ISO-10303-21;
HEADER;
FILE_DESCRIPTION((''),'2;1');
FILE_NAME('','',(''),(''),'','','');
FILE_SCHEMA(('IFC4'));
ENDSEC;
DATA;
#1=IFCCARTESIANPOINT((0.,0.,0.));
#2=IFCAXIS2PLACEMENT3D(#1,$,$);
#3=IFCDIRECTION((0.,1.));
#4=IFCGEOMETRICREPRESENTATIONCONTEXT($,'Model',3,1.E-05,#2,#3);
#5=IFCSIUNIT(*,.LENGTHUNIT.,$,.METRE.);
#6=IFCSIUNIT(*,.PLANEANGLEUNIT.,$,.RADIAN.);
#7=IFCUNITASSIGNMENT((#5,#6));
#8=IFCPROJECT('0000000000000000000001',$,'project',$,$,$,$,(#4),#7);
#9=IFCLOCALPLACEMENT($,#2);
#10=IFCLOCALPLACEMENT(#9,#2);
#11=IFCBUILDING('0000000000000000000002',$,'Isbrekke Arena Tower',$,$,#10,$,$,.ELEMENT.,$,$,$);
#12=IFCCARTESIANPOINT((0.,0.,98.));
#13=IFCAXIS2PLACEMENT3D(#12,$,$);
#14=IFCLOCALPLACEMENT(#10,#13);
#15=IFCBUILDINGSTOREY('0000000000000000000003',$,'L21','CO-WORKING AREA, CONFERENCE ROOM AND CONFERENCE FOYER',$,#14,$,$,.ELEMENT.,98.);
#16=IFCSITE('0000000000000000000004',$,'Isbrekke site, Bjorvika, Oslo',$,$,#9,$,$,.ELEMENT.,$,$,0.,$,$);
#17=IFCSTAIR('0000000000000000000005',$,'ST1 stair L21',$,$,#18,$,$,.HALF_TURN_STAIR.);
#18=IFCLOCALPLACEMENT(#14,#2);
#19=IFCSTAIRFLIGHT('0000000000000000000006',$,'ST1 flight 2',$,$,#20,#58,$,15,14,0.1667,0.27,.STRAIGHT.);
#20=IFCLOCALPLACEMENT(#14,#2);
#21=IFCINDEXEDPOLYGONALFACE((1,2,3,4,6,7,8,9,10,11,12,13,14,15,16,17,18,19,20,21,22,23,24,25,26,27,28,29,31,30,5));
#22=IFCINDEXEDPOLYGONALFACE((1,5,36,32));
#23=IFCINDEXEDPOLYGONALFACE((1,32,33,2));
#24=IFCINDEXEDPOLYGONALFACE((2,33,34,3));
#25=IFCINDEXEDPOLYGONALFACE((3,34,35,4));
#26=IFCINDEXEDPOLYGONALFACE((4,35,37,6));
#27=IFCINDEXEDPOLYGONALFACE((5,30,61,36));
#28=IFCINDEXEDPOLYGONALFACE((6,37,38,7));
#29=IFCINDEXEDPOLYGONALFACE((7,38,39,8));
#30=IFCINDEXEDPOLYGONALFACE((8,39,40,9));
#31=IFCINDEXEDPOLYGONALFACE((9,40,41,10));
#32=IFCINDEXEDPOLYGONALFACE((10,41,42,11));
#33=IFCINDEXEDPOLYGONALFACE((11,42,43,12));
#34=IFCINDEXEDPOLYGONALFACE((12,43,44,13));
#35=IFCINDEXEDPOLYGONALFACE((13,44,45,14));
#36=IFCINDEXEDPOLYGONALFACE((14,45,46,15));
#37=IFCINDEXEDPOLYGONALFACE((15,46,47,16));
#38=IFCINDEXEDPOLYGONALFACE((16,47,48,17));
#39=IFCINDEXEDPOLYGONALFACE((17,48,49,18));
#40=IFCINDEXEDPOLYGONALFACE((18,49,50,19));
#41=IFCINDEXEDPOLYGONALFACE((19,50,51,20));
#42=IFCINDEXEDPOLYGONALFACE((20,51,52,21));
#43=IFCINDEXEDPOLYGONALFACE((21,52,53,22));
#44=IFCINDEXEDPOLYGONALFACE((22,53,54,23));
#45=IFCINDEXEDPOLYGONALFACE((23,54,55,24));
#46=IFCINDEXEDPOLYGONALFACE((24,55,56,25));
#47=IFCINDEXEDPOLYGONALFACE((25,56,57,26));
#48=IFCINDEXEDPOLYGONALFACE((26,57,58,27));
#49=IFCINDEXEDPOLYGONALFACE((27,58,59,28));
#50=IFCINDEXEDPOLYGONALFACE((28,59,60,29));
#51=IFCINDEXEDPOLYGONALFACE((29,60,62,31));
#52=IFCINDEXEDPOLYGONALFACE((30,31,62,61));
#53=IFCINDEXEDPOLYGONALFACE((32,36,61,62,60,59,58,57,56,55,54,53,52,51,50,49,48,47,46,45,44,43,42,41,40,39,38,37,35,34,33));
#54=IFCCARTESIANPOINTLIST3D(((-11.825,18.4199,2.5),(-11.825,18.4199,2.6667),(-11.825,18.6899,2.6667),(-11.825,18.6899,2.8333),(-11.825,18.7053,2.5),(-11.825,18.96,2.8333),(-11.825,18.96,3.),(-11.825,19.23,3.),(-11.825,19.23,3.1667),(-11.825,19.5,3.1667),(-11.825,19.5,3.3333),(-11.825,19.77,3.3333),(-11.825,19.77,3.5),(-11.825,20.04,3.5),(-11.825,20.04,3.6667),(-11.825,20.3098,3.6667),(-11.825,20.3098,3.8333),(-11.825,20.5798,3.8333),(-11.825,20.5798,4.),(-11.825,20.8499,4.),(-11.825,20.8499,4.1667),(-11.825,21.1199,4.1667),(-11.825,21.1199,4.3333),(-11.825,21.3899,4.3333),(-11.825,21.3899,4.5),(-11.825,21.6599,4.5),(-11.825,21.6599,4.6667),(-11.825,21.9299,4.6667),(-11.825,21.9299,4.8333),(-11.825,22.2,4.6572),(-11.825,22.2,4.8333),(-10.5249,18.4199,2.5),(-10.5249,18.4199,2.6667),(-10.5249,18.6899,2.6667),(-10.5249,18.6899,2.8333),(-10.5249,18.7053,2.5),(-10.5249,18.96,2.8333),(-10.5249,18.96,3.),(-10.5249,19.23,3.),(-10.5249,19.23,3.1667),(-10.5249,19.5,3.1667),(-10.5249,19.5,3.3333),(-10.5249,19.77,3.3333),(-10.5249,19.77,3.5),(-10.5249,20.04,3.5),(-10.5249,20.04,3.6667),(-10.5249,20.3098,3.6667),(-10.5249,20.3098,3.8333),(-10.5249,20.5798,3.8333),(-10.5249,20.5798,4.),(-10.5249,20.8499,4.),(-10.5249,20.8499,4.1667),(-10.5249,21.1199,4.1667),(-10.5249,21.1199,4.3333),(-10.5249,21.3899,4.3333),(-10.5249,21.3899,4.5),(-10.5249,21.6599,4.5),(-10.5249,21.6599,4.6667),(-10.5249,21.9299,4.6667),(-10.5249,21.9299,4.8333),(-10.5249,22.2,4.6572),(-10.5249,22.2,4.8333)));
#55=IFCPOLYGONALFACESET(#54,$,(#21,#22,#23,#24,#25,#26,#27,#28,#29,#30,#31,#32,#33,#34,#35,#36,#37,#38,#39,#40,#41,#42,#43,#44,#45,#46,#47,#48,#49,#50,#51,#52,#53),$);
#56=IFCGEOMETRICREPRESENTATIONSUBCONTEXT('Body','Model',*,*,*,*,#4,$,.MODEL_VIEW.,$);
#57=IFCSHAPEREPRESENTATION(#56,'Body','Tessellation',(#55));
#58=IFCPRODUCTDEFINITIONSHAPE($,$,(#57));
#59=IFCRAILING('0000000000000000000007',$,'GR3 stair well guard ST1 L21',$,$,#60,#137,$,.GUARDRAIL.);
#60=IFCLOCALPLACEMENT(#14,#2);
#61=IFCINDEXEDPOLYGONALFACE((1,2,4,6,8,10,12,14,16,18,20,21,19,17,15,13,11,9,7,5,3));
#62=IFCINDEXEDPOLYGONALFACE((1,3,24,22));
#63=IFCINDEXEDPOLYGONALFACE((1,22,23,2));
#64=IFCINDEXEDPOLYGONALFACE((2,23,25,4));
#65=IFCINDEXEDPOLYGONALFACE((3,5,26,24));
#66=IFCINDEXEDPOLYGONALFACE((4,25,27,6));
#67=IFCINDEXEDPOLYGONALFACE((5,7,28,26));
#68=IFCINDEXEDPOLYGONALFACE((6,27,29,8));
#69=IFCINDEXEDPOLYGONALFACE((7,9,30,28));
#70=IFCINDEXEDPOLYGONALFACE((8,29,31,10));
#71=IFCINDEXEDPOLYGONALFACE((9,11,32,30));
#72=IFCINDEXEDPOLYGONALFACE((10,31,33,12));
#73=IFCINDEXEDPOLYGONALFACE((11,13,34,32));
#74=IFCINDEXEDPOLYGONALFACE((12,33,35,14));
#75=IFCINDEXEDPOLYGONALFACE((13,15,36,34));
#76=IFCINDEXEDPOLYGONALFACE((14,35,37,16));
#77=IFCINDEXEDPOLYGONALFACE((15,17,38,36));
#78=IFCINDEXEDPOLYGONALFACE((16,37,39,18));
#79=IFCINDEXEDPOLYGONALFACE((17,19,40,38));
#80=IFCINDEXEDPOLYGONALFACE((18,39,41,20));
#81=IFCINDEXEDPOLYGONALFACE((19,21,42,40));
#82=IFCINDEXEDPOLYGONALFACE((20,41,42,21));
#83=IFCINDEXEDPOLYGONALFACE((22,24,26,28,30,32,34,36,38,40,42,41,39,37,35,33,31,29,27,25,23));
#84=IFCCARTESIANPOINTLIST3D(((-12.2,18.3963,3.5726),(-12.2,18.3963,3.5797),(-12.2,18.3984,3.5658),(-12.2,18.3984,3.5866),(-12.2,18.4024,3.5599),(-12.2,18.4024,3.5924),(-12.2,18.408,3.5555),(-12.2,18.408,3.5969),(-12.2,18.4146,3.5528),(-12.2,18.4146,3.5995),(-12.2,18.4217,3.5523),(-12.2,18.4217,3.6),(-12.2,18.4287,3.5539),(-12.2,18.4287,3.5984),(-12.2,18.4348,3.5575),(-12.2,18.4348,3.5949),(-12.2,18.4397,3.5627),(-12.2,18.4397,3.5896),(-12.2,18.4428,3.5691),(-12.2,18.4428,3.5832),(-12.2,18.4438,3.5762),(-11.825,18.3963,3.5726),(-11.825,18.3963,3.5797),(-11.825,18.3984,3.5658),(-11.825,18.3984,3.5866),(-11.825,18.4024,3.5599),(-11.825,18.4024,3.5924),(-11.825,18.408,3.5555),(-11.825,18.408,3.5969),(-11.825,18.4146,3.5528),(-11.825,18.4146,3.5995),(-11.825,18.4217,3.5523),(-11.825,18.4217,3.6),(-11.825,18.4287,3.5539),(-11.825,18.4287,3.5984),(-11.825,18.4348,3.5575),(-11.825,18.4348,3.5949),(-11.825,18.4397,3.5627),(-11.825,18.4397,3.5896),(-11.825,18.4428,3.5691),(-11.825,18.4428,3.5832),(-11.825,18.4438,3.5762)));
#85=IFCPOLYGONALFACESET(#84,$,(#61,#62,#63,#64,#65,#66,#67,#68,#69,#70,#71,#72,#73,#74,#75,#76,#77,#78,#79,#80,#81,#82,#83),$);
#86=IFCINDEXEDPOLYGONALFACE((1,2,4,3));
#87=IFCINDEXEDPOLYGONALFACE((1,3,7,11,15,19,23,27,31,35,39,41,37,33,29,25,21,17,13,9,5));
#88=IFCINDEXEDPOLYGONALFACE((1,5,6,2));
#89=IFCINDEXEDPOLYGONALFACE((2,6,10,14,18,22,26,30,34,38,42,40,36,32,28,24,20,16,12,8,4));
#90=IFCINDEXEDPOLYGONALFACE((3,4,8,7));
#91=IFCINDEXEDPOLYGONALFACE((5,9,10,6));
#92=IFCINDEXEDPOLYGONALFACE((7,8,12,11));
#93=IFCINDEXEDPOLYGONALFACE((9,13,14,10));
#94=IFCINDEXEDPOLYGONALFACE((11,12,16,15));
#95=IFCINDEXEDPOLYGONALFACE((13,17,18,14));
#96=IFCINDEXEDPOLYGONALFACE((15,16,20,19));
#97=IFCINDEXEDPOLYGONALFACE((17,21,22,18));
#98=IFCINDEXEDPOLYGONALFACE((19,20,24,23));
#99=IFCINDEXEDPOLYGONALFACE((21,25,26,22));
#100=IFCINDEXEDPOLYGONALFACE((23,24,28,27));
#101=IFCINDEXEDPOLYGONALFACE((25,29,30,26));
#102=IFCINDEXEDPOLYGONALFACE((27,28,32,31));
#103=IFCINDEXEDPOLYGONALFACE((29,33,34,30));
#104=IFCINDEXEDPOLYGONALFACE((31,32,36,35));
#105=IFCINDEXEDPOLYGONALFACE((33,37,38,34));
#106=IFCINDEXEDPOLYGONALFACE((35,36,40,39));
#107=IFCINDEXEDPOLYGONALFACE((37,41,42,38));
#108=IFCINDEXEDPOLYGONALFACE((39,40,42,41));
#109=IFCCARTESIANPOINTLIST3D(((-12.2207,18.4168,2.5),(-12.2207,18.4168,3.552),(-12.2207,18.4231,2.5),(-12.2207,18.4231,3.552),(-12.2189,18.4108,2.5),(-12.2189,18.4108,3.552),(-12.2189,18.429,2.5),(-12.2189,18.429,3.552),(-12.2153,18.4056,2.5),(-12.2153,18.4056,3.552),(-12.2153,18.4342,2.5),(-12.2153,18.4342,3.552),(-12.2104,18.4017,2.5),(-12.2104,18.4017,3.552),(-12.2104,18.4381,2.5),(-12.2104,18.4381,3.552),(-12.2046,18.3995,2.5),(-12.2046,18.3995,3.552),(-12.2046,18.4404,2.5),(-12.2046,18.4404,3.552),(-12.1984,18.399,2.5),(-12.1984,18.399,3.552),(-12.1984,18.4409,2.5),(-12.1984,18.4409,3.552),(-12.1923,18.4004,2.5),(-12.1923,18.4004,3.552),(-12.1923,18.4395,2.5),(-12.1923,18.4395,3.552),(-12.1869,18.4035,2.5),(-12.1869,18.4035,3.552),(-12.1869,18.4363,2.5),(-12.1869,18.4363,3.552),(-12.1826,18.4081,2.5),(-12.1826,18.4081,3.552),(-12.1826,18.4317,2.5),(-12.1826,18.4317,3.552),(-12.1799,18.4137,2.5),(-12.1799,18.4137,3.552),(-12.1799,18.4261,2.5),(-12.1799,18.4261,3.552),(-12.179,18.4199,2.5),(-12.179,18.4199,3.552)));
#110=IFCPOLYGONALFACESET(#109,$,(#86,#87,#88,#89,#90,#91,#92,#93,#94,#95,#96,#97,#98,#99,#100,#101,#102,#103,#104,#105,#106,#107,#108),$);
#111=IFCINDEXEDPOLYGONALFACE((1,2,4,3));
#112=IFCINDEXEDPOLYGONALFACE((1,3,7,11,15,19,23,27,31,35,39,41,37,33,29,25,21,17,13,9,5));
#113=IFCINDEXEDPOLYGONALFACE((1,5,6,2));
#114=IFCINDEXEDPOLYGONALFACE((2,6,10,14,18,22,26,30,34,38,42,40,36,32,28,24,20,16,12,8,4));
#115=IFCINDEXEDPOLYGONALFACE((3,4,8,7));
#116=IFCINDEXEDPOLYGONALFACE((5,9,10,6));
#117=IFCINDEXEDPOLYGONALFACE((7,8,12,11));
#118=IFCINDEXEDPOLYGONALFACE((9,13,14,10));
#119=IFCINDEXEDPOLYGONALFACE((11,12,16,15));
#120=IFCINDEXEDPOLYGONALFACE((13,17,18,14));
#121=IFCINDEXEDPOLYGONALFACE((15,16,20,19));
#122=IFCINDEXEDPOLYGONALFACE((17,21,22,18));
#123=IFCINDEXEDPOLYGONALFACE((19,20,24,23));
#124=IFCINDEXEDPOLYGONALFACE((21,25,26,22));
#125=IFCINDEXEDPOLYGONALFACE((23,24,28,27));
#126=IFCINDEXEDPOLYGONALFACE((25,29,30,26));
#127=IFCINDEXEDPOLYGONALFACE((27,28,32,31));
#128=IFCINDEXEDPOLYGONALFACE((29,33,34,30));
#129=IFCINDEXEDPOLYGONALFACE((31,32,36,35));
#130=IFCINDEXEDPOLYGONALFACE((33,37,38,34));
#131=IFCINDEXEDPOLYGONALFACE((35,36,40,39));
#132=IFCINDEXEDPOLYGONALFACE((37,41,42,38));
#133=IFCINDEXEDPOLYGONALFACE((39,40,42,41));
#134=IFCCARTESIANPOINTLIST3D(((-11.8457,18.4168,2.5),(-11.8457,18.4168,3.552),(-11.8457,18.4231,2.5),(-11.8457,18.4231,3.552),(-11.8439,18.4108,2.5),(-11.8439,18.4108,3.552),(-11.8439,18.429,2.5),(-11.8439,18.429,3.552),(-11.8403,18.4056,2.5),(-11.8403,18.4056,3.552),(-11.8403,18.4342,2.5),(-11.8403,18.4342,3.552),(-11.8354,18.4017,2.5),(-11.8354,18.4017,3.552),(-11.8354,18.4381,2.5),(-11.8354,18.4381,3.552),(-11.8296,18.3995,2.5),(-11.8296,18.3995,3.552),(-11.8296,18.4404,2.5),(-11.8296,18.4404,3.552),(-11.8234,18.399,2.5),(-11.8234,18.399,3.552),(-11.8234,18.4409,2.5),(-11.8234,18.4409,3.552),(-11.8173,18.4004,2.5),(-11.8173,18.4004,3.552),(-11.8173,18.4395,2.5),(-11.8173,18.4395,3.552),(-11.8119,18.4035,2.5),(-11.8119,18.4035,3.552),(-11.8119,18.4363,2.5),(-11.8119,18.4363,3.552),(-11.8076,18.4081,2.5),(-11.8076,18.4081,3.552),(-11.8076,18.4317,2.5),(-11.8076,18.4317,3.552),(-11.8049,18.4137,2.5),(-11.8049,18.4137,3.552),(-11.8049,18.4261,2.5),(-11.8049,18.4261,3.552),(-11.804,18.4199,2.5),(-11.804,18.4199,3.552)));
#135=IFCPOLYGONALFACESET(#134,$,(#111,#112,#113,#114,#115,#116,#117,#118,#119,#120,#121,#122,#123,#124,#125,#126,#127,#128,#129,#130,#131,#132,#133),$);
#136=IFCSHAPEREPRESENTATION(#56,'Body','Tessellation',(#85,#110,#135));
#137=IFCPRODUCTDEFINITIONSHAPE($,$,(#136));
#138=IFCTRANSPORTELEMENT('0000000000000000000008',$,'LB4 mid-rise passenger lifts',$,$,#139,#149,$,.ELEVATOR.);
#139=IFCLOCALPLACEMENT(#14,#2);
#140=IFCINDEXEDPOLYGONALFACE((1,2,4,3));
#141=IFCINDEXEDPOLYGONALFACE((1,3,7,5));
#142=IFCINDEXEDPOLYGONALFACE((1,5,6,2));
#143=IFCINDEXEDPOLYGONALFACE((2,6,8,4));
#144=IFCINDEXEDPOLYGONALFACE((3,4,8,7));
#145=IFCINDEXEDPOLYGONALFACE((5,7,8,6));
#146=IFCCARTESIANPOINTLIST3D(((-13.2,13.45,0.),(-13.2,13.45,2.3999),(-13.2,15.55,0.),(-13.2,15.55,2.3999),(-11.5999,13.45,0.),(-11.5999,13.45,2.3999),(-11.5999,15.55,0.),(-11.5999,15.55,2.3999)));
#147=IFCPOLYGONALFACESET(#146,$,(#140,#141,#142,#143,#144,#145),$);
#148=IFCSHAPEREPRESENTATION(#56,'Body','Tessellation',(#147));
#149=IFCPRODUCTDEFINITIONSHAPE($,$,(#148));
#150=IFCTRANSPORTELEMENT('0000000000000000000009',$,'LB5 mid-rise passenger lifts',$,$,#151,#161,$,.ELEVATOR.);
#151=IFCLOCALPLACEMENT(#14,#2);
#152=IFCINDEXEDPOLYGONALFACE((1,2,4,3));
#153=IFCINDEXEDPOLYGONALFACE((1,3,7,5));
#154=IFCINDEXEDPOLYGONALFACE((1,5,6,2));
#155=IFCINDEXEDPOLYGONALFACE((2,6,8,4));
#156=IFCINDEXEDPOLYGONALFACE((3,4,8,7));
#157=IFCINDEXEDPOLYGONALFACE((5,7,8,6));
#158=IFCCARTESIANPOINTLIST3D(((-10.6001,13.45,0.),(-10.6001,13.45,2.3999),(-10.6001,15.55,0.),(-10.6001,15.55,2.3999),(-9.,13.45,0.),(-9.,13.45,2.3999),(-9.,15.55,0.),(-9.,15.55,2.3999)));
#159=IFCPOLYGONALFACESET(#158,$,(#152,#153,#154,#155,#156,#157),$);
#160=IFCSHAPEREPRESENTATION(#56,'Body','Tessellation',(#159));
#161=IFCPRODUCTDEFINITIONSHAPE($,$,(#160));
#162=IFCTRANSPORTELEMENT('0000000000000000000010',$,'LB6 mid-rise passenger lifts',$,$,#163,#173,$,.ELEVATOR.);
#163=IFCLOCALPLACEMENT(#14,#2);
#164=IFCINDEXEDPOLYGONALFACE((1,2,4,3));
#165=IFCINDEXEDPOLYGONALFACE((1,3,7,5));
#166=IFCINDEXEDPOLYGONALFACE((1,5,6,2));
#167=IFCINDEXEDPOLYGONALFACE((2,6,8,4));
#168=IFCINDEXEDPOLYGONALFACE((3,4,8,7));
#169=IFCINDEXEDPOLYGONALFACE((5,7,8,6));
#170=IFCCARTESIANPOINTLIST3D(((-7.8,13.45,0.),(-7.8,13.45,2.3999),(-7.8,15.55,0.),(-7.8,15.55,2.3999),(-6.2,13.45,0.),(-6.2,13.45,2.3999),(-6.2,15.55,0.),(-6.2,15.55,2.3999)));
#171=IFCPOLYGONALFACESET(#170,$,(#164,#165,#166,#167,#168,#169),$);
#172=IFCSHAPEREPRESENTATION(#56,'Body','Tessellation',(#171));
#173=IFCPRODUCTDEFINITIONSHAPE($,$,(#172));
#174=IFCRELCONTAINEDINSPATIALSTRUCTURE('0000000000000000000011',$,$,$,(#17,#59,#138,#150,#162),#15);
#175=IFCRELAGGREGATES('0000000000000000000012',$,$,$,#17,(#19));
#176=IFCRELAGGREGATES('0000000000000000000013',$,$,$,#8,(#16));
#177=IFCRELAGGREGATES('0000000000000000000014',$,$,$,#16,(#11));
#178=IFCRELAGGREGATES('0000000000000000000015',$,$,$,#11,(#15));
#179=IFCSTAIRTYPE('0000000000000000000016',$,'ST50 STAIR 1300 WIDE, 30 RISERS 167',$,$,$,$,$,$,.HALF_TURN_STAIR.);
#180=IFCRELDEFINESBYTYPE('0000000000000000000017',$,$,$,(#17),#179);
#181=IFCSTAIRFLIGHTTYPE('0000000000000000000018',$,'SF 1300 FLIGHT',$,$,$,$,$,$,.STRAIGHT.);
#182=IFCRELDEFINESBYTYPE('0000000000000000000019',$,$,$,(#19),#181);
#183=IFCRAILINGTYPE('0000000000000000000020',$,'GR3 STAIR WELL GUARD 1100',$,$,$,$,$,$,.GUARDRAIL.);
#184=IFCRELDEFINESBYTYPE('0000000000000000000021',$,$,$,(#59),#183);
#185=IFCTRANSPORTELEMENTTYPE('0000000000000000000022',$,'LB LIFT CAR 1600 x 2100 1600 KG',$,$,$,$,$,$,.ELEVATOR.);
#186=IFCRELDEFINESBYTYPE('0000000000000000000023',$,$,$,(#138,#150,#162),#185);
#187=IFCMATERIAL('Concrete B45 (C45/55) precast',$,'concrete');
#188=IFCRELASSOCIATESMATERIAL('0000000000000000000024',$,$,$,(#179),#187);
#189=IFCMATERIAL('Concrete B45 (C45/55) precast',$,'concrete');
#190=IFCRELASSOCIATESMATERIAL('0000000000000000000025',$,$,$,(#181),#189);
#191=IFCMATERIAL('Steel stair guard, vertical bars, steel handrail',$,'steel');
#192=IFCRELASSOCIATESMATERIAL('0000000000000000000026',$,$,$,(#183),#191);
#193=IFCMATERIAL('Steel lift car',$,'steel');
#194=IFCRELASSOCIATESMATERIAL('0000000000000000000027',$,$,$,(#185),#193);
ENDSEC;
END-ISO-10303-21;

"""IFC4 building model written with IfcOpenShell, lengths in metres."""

from ifc_helpers import new_model, si_unit, direction, frame, origin, origin_2d, place, context, subcontext, project, spatial, polyline, rectangle, circle, outline, extrude, material, type_object, element, aggregate, save


model = new_model("IFC4")

# Units and contexts
model_context = context("Model", 3, precision=1e-05, world=origin(), true_north=direction((0.0, 1.0)))
body_context = subcontext(model_context, "Body", "Model", "MODEL_VIEW")
ifc_project = project(units=[si_unit("LENGTHUNIT", "METRE"), si_unit("PLANEANGLEUNIT", "RADIAN")], contexts=[model_context])

# Site, building, storey
site_placement = place(None, origin())
site = spatial("IfcSite", under=ifc_project, at=site_placement, Name="Isbrekke site, Bjorvika, Oslo", CompositionType="ELEMENT", RefElevation=0.0)
building_placement = place(site_placement, origin())
building = spatial("IfcBuilding", under=site, at=building_placement, Name="Isbrekke Arena Tower", CompositionType="ELEMENT")
storey_placement = place(building_placement, frame((0.0, 0.0, 98.0)))
storey = spatial("IfcBuildingStorey", under=building, at=storey_placement, Name="L21", Description="CO-WORKING AREA, CONFERENCE ROOM AND CONFERENCE FOYER", CompositionType="ELEMENT", Elevation=98.0)

# Stair, stair flight
ifc_material_1 = material(Name="Concrete B45 (C45/55) precast", Category="concrete")
stair_type = type_object("IfcStairType", Name="ST50 STAIR 1300 WIDE, 30 RISERS 167", PredefinedType="HALF_TURN_STAIR", material=ifc_material_1)
stair_placement = place(storey_placement, origin())
stair = element("IfcStair", 1, at=stair_placement, inside=storey, type_object=stair_type, Name="ST1 stair L21", PredefinedType="HALF_TURN_STAIR")
ifc_material_2 = material(Name="Concrete B45 (C45/55) precast", Category="concrete")
stair_flight_type = type_object("IfcStairFlightType", Name="SF 1300 FLIGHT", PredefinedType="STRAIGHT", material=ifc_material_2)
stair_flight_placement = place(storey_placement, frame((-11.175, 18.4199, 2.5), z_axis=(0.0, 0.0, 1.0), x_axis=(0.0, 1.0, 0.0)))
stair_flight = element("IfcStairFlight", 2, at=stair_flight_placement, type_object=stair_flight_type, Name="ST1 flight 2", NumberOfRisers=15, NumberOfTreads=14, PredefinedType="STRAIGHT", RiserHeight=0.1667, TreadLength=0.27, context=body_context, shape_type="SweptSolid", body=[
    extrude(outline(polyline([(0.0, 0.0), (0.0, 0.1667), (0.27, 0.1667), (0.27, 0.3333), (0.54, 0.3333), (0.54, 0.5), (0.8101, 0.5), (0.8101, 0.6667), (1.0801, 0.6667), (1.0801, 0.8333), (1.3501, 0.8333), (1.3501, 1.0), (1.6201, 1.0), (1.6201, 1.1667), (1.8899, 1.1667), (1.8899, 1.3333), (2.1599, 1.3333), (2.1599, 1.5), (2.4299, 1.5), (2.4299, 1.6667), (2.7, 1.6667), (2.7, 1.8333), (2.97, 1.8333), (2.97, 2.0), (3.24, 2.0), (3.24, 2.1667), (3.51, 2.1667), (3.51, 2.3333), (3.78, 2.3333), (3.78, 2.5), (3.78, 2.1572), (0.2854, 0.0), (0.0, 0.0)])), frame((0.0, 0.6499, 0.0), z_axis=(0.0, -1.0, 0.0), x_axis=(1.0, 0.0, 0.0)), (0.0, 0.0, 1.0), 1.3),
])
aggregate(stair, [stair_flight])

# Railing
ifc_material_3 = material(Name="Steel stair guard, vertical bars, steel handrail", Category="steel")
railing_type = type_object("IfcRailingType", Name="GR3 STAIR WELL GUARD 1100", PredefinedType="GUARDRAIL", material=ifc_material_3)
railing_placement = place(storey_placement, frame((-12.2, 18.4199, 2.5)))
element("IfcRailing", 3, at=railing_placement, inside=storey, type_object=railing_type, Name="GR3 stair well guard ST1 L21", PredefinedType="GUARDRAIL", context=body_context, shape_type="SweptSolid", body=[
    extrude(circle(Radius=0.0239, at=origin_2d()), frame((0.0, 0.0, 1.0762), z_axis=(1.0, 0.0, 0.0), x_axis=(0.0, 1.0, 0.0)), (0.0, 0.0, 1.0), 0.375),
    extrude(circle(Radius=0.021, at=origin_2d()), origin(), (0.0, 0.0, 1.0), 1.052),
    extrude(circle(Radius=0.021, at=origin_2d()), frame((0.375, 0.0, 0.0)), (0.0, 0.0, 1.0), 1.052),
])

# Transport elements
ifc_material_4 = material(Name="Steel lift car", Category="steel")
transport_element_type = type_object("IfcTransportElementType", Name="LB LIFT CAR 1600 x 2100 1600 KG", PredefinedType="ELEVATOR", material=ifc_material_4)
for number, where, z_axis, x_axis, name in (
    (4, (-12.3999, 14.5, 0.0), (0.0, 0.0, 1.0), (1.0, 0.0, 0.0), "LB4 mid-rise passenger lifts"),
    (5, (-9.8, 14.5, 0.0), (0.0, 0.0, 1.0), (1.0, 0.0, 0.0), "LB5 mid-rise passenger lifts"),
    (6, (-7.0, 14.5, 0.0), (0.0, 0.0, 1.0), (1.0, 0.0, 0.0), "LB6 mid-rise passenger lifts"),
):
    element("IfcTransportElement", number, at=place(storey_placement, frame(where, z_axis=z_axis, x_axis=x_axis)), inside=storey, type_object=transport_element_type, Name=name, PredefinedType="ELEVATOR", context=body_context, shape_type="SweptSolid", body=[
        extrude(rectangle(XDim=1.6001, YDim=2.1001, at=origin_2d()), origin(), (0.0, 0.0, 1.0), 2.3999),
    ])

save(model, "model.ifc")
